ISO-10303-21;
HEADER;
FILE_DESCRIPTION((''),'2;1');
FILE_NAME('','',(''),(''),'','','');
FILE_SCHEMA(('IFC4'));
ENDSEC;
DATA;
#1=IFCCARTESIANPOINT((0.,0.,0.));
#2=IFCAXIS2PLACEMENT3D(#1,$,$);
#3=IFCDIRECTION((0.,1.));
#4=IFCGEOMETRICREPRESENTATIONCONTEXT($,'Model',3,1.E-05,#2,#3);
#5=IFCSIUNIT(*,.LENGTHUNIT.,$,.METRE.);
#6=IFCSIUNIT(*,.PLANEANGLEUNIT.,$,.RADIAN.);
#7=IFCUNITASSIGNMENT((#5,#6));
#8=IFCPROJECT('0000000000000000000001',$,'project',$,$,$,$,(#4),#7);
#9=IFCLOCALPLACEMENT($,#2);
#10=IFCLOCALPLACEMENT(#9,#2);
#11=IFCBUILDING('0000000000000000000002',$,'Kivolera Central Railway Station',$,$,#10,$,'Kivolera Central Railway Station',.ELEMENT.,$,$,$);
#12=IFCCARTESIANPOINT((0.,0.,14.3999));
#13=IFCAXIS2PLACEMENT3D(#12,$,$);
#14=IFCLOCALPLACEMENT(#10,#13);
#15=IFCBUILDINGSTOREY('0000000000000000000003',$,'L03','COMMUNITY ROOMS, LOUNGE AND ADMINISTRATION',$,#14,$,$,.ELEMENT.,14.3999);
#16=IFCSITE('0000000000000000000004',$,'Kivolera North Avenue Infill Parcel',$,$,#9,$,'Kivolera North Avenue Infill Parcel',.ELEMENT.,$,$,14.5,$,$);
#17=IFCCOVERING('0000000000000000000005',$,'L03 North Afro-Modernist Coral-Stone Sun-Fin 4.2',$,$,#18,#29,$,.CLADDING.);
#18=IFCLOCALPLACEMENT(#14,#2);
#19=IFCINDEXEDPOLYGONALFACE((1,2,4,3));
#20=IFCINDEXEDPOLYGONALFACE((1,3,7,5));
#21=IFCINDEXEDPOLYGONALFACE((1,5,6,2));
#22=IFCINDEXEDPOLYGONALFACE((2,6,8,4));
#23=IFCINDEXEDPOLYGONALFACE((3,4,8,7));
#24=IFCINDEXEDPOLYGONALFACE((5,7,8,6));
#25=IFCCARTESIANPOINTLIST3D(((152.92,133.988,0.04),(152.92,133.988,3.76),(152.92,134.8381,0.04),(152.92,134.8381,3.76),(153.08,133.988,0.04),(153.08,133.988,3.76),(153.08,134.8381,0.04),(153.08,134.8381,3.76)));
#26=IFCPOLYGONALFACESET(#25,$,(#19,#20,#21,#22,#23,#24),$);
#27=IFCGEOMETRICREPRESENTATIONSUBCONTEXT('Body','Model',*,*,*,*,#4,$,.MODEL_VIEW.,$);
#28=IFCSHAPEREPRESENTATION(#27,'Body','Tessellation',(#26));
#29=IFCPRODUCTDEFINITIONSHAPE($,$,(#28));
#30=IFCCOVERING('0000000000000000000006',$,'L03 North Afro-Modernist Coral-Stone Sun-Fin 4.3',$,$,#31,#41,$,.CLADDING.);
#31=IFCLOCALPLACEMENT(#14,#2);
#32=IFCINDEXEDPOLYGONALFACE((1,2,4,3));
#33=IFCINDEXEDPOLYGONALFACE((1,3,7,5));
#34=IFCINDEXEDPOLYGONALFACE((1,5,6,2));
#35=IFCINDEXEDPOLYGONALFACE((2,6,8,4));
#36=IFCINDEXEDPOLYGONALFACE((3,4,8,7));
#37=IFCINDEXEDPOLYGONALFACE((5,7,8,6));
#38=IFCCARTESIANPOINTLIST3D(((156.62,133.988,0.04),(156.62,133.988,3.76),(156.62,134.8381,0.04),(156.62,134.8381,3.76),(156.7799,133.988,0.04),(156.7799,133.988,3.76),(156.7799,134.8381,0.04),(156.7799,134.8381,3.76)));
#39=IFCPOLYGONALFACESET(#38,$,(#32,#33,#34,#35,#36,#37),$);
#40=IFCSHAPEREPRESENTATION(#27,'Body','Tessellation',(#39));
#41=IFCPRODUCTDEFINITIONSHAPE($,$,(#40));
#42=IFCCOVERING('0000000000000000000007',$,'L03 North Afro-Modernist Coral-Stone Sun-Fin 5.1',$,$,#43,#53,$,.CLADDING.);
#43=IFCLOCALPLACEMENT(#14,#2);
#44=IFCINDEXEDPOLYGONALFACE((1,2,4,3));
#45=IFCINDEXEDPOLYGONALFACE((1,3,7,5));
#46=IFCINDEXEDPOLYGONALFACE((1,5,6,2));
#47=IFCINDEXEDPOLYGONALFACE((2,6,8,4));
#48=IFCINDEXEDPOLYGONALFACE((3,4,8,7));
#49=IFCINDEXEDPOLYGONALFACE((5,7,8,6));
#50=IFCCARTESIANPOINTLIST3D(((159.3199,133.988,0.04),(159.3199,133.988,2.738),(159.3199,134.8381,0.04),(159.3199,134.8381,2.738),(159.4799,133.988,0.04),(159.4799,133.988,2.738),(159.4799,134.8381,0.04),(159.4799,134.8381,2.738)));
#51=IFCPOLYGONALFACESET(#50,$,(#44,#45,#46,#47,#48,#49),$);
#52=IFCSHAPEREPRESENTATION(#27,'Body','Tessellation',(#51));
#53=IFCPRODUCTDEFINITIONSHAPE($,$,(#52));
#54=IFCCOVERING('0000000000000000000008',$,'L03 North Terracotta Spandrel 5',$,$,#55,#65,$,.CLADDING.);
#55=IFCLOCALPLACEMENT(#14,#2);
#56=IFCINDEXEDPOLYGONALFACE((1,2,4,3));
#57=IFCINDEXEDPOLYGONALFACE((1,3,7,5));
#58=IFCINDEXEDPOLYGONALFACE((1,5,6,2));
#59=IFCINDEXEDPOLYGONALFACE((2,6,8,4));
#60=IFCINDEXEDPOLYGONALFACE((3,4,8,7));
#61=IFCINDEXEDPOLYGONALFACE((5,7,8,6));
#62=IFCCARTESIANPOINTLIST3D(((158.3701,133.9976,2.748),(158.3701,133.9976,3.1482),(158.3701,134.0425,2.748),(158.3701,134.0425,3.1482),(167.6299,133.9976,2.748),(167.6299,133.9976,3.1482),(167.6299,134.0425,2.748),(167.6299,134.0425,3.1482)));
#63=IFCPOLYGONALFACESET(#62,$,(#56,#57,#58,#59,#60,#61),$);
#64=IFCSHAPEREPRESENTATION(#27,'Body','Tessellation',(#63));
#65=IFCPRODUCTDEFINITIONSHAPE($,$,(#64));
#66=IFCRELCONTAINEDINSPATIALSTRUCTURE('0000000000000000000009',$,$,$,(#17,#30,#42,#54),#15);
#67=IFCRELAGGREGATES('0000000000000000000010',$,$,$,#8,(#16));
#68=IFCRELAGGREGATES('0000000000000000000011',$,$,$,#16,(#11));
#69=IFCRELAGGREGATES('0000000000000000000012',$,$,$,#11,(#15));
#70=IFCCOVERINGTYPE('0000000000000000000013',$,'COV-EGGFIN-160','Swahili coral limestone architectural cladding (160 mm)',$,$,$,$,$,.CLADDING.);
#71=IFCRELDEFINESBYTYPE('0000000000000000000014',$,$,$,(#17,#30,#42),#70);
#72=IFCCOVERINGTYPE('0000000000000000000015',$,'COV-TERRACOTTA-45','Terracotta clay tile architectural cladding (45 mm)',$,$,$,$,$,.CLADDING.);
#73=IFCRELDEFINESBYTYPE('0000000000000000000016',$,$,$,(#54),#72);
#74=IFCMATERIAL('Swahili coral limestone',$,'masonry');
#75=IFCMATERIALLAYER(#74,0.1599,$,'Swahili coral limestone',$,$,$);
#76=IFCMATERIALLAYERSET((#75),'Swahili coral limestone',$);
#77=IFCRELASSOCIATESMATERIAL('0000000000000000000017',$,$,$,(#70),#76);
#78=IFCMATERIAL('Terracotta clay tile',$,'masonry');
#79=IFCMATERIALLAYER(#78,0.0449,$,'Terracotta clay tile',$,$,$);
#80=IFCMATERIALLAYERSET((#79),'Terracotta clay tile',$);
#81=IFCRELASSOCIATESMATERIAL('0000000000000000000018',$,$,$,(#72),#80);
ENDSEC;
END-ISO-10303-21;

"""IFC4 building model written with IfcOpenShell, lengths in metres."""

from ifc_helpers import new_model, si_unit, direction, frame, frame_2d, origin, origin_2d, place, context, subcontext, project, spatial, rectangle, extrude, material, layer, layer_set, type_object, element, save


model = new_model("IFC4")

# Units and contexts
model_context = context("Model", 3, precision=1e-05, world=origin(), true_north=direction((0.0, 1.0)))
body_context = subcontext(model_context, "Body", "Model", "MODEL_VIEW")
ifc_project = project(units=[si_unit("LENGTHUNIT", "METRE"), si_unit("PLANEANGLEUNIT", "RADIAN")], contexts=[model_context])

# Site, building, storey
site_placement = place(None, origin())
site = spatial("IfcSite", under=ifc_project, at=site_placement, Name="Kivolera North Avenue Infill Parcel", LongName="Kivolera North Avenue Infill Parcel", CompositionType="ELEMENT", RefElevation=14.5)
building_placement = place(site_placement, origin())
building = spatial("IfcBuilding", under=site, at=building_placement, Name="Kivolera Central Railway Station", LongName="Kivolera Central Railway Station", CompositionType="ELEMENT")
storey_placement = place(building_placement, frame((0.0, 0.0, 14.3999)))
storey = spatial("IfcBuildingStorey", under=building, at=storey_placement, Name="L03", Description="COMMUNITY ROOMS, LOUNGE AND ADMINISTRATION", CompositionType="ELEMENT", Elevation=14.3999)

# Shared definitions
ifc_material_1 = material(Name="Swahili coral limestone", Category="masonry")

# Coverings
ifc_layer_1 = layer(ifc_material_1, 0.1599, Name="Swahili coral limestone")
ifc_layer_set_1 = layer_set([ifc_layer_1], Name="Swahili coral limestone")
covering_type_1 = type_object("IfcCoveringType", Name="COV-EGGFIN-160", Description="Swahili coral limestone architectural cladding (160 mm)", PredefinedType="CLADDING", material=ifc_layer_set_1)
for number, where, z_axis, x_axis, name in (
    (1, (153.0, 134.4131, 0.04), (0.0, 0.0, 1.0), (1.0, 0.0, 0.0), "L03 North Afro-Modernist Coral-Stone Sun-Fin 4.2"),
    (2, (156.7, 134.4131, 0.04), (0.0, 0.0, 1.0), (1.0, 0.0, 0.0), "L03 North Afro-Modernist Coral-Stone Sun-Fin 4.3"),
):
    element("IfcCovering", number, at=place(storey_placement, frame(where, z_axis=z_axis, x_axis=x_axis)), inside=storey, type_object=covering_type_1, Name=name, PredefinedType="CLADDING", context=body_context, shape_type="SweptSolid", body=[
        extrude(rectangle(XDim=0.1599, YDim=0.8501, at=origin_2d()), origin(), (0.0, 0.0, 1.0), 3.72),
    ])
covering_1_placement = place(storey_placement, frame((159.3999, 134.4131, 0.04), z_axis=(0.0, 0.0, 1.0), x_axis=(1.0, 0.0, 0.0)))
element("IfcCovering", 3, at=covering_1_placement, inside=storey, type_object=covering_type_1, Name="L03 North Afro-Modernist Coral-Stone Sun-Fin 5.1", PredefinedType="CLADDING", context=body_context, shape_type="SweptSolid", body=[
    extrude(rectangle(XDim=0.1599, YDim=0.8501, at=origin_2d()), origin(), (0.0, 0.0, 1.0), 2.698),
])
ifc_material_2 = material(Name="Terracotta clay tile", Category="masonry")
ifc_layer_2 = layer(ifc_material_2, 0.0449, Name="Terracotta clay tile")
ifc_layer_set_2 = layer_set([ifc_layer_2], Name="Terracotta clay tile")
covering_type_2 = type_object("IfcCoveringType", Name="COV-TERRACOTTA-45", Description="Terracotta clay tile architectural cladding (45 mm)", PredefinedType="CLADDING", material=ifc_layer_set_2)
covering_2_placement = place(storey_placement, frame((158.3701, 134.02, 2.748), z_axis=(0.0, 0.0, 1.0), x_axis=(1.0, 0.0, 0.0)))
element("IfcCovering", 4, at=covering_2_placement, inside=storey, type_object=covering_type_2, Name="L03 North Terracotta Spandrel 5", PredefinedType="CLADDING", context=body_context, shape_type="SweptSolid", body=[
    extrude(rectangle(XDim=9.2598, YDim=0.0449, at=frame_2d((4.6299, 0.0))), origin(), (0.0, 0.0, 1.0), 0.4001),
])

save(model, "model.ifc")
